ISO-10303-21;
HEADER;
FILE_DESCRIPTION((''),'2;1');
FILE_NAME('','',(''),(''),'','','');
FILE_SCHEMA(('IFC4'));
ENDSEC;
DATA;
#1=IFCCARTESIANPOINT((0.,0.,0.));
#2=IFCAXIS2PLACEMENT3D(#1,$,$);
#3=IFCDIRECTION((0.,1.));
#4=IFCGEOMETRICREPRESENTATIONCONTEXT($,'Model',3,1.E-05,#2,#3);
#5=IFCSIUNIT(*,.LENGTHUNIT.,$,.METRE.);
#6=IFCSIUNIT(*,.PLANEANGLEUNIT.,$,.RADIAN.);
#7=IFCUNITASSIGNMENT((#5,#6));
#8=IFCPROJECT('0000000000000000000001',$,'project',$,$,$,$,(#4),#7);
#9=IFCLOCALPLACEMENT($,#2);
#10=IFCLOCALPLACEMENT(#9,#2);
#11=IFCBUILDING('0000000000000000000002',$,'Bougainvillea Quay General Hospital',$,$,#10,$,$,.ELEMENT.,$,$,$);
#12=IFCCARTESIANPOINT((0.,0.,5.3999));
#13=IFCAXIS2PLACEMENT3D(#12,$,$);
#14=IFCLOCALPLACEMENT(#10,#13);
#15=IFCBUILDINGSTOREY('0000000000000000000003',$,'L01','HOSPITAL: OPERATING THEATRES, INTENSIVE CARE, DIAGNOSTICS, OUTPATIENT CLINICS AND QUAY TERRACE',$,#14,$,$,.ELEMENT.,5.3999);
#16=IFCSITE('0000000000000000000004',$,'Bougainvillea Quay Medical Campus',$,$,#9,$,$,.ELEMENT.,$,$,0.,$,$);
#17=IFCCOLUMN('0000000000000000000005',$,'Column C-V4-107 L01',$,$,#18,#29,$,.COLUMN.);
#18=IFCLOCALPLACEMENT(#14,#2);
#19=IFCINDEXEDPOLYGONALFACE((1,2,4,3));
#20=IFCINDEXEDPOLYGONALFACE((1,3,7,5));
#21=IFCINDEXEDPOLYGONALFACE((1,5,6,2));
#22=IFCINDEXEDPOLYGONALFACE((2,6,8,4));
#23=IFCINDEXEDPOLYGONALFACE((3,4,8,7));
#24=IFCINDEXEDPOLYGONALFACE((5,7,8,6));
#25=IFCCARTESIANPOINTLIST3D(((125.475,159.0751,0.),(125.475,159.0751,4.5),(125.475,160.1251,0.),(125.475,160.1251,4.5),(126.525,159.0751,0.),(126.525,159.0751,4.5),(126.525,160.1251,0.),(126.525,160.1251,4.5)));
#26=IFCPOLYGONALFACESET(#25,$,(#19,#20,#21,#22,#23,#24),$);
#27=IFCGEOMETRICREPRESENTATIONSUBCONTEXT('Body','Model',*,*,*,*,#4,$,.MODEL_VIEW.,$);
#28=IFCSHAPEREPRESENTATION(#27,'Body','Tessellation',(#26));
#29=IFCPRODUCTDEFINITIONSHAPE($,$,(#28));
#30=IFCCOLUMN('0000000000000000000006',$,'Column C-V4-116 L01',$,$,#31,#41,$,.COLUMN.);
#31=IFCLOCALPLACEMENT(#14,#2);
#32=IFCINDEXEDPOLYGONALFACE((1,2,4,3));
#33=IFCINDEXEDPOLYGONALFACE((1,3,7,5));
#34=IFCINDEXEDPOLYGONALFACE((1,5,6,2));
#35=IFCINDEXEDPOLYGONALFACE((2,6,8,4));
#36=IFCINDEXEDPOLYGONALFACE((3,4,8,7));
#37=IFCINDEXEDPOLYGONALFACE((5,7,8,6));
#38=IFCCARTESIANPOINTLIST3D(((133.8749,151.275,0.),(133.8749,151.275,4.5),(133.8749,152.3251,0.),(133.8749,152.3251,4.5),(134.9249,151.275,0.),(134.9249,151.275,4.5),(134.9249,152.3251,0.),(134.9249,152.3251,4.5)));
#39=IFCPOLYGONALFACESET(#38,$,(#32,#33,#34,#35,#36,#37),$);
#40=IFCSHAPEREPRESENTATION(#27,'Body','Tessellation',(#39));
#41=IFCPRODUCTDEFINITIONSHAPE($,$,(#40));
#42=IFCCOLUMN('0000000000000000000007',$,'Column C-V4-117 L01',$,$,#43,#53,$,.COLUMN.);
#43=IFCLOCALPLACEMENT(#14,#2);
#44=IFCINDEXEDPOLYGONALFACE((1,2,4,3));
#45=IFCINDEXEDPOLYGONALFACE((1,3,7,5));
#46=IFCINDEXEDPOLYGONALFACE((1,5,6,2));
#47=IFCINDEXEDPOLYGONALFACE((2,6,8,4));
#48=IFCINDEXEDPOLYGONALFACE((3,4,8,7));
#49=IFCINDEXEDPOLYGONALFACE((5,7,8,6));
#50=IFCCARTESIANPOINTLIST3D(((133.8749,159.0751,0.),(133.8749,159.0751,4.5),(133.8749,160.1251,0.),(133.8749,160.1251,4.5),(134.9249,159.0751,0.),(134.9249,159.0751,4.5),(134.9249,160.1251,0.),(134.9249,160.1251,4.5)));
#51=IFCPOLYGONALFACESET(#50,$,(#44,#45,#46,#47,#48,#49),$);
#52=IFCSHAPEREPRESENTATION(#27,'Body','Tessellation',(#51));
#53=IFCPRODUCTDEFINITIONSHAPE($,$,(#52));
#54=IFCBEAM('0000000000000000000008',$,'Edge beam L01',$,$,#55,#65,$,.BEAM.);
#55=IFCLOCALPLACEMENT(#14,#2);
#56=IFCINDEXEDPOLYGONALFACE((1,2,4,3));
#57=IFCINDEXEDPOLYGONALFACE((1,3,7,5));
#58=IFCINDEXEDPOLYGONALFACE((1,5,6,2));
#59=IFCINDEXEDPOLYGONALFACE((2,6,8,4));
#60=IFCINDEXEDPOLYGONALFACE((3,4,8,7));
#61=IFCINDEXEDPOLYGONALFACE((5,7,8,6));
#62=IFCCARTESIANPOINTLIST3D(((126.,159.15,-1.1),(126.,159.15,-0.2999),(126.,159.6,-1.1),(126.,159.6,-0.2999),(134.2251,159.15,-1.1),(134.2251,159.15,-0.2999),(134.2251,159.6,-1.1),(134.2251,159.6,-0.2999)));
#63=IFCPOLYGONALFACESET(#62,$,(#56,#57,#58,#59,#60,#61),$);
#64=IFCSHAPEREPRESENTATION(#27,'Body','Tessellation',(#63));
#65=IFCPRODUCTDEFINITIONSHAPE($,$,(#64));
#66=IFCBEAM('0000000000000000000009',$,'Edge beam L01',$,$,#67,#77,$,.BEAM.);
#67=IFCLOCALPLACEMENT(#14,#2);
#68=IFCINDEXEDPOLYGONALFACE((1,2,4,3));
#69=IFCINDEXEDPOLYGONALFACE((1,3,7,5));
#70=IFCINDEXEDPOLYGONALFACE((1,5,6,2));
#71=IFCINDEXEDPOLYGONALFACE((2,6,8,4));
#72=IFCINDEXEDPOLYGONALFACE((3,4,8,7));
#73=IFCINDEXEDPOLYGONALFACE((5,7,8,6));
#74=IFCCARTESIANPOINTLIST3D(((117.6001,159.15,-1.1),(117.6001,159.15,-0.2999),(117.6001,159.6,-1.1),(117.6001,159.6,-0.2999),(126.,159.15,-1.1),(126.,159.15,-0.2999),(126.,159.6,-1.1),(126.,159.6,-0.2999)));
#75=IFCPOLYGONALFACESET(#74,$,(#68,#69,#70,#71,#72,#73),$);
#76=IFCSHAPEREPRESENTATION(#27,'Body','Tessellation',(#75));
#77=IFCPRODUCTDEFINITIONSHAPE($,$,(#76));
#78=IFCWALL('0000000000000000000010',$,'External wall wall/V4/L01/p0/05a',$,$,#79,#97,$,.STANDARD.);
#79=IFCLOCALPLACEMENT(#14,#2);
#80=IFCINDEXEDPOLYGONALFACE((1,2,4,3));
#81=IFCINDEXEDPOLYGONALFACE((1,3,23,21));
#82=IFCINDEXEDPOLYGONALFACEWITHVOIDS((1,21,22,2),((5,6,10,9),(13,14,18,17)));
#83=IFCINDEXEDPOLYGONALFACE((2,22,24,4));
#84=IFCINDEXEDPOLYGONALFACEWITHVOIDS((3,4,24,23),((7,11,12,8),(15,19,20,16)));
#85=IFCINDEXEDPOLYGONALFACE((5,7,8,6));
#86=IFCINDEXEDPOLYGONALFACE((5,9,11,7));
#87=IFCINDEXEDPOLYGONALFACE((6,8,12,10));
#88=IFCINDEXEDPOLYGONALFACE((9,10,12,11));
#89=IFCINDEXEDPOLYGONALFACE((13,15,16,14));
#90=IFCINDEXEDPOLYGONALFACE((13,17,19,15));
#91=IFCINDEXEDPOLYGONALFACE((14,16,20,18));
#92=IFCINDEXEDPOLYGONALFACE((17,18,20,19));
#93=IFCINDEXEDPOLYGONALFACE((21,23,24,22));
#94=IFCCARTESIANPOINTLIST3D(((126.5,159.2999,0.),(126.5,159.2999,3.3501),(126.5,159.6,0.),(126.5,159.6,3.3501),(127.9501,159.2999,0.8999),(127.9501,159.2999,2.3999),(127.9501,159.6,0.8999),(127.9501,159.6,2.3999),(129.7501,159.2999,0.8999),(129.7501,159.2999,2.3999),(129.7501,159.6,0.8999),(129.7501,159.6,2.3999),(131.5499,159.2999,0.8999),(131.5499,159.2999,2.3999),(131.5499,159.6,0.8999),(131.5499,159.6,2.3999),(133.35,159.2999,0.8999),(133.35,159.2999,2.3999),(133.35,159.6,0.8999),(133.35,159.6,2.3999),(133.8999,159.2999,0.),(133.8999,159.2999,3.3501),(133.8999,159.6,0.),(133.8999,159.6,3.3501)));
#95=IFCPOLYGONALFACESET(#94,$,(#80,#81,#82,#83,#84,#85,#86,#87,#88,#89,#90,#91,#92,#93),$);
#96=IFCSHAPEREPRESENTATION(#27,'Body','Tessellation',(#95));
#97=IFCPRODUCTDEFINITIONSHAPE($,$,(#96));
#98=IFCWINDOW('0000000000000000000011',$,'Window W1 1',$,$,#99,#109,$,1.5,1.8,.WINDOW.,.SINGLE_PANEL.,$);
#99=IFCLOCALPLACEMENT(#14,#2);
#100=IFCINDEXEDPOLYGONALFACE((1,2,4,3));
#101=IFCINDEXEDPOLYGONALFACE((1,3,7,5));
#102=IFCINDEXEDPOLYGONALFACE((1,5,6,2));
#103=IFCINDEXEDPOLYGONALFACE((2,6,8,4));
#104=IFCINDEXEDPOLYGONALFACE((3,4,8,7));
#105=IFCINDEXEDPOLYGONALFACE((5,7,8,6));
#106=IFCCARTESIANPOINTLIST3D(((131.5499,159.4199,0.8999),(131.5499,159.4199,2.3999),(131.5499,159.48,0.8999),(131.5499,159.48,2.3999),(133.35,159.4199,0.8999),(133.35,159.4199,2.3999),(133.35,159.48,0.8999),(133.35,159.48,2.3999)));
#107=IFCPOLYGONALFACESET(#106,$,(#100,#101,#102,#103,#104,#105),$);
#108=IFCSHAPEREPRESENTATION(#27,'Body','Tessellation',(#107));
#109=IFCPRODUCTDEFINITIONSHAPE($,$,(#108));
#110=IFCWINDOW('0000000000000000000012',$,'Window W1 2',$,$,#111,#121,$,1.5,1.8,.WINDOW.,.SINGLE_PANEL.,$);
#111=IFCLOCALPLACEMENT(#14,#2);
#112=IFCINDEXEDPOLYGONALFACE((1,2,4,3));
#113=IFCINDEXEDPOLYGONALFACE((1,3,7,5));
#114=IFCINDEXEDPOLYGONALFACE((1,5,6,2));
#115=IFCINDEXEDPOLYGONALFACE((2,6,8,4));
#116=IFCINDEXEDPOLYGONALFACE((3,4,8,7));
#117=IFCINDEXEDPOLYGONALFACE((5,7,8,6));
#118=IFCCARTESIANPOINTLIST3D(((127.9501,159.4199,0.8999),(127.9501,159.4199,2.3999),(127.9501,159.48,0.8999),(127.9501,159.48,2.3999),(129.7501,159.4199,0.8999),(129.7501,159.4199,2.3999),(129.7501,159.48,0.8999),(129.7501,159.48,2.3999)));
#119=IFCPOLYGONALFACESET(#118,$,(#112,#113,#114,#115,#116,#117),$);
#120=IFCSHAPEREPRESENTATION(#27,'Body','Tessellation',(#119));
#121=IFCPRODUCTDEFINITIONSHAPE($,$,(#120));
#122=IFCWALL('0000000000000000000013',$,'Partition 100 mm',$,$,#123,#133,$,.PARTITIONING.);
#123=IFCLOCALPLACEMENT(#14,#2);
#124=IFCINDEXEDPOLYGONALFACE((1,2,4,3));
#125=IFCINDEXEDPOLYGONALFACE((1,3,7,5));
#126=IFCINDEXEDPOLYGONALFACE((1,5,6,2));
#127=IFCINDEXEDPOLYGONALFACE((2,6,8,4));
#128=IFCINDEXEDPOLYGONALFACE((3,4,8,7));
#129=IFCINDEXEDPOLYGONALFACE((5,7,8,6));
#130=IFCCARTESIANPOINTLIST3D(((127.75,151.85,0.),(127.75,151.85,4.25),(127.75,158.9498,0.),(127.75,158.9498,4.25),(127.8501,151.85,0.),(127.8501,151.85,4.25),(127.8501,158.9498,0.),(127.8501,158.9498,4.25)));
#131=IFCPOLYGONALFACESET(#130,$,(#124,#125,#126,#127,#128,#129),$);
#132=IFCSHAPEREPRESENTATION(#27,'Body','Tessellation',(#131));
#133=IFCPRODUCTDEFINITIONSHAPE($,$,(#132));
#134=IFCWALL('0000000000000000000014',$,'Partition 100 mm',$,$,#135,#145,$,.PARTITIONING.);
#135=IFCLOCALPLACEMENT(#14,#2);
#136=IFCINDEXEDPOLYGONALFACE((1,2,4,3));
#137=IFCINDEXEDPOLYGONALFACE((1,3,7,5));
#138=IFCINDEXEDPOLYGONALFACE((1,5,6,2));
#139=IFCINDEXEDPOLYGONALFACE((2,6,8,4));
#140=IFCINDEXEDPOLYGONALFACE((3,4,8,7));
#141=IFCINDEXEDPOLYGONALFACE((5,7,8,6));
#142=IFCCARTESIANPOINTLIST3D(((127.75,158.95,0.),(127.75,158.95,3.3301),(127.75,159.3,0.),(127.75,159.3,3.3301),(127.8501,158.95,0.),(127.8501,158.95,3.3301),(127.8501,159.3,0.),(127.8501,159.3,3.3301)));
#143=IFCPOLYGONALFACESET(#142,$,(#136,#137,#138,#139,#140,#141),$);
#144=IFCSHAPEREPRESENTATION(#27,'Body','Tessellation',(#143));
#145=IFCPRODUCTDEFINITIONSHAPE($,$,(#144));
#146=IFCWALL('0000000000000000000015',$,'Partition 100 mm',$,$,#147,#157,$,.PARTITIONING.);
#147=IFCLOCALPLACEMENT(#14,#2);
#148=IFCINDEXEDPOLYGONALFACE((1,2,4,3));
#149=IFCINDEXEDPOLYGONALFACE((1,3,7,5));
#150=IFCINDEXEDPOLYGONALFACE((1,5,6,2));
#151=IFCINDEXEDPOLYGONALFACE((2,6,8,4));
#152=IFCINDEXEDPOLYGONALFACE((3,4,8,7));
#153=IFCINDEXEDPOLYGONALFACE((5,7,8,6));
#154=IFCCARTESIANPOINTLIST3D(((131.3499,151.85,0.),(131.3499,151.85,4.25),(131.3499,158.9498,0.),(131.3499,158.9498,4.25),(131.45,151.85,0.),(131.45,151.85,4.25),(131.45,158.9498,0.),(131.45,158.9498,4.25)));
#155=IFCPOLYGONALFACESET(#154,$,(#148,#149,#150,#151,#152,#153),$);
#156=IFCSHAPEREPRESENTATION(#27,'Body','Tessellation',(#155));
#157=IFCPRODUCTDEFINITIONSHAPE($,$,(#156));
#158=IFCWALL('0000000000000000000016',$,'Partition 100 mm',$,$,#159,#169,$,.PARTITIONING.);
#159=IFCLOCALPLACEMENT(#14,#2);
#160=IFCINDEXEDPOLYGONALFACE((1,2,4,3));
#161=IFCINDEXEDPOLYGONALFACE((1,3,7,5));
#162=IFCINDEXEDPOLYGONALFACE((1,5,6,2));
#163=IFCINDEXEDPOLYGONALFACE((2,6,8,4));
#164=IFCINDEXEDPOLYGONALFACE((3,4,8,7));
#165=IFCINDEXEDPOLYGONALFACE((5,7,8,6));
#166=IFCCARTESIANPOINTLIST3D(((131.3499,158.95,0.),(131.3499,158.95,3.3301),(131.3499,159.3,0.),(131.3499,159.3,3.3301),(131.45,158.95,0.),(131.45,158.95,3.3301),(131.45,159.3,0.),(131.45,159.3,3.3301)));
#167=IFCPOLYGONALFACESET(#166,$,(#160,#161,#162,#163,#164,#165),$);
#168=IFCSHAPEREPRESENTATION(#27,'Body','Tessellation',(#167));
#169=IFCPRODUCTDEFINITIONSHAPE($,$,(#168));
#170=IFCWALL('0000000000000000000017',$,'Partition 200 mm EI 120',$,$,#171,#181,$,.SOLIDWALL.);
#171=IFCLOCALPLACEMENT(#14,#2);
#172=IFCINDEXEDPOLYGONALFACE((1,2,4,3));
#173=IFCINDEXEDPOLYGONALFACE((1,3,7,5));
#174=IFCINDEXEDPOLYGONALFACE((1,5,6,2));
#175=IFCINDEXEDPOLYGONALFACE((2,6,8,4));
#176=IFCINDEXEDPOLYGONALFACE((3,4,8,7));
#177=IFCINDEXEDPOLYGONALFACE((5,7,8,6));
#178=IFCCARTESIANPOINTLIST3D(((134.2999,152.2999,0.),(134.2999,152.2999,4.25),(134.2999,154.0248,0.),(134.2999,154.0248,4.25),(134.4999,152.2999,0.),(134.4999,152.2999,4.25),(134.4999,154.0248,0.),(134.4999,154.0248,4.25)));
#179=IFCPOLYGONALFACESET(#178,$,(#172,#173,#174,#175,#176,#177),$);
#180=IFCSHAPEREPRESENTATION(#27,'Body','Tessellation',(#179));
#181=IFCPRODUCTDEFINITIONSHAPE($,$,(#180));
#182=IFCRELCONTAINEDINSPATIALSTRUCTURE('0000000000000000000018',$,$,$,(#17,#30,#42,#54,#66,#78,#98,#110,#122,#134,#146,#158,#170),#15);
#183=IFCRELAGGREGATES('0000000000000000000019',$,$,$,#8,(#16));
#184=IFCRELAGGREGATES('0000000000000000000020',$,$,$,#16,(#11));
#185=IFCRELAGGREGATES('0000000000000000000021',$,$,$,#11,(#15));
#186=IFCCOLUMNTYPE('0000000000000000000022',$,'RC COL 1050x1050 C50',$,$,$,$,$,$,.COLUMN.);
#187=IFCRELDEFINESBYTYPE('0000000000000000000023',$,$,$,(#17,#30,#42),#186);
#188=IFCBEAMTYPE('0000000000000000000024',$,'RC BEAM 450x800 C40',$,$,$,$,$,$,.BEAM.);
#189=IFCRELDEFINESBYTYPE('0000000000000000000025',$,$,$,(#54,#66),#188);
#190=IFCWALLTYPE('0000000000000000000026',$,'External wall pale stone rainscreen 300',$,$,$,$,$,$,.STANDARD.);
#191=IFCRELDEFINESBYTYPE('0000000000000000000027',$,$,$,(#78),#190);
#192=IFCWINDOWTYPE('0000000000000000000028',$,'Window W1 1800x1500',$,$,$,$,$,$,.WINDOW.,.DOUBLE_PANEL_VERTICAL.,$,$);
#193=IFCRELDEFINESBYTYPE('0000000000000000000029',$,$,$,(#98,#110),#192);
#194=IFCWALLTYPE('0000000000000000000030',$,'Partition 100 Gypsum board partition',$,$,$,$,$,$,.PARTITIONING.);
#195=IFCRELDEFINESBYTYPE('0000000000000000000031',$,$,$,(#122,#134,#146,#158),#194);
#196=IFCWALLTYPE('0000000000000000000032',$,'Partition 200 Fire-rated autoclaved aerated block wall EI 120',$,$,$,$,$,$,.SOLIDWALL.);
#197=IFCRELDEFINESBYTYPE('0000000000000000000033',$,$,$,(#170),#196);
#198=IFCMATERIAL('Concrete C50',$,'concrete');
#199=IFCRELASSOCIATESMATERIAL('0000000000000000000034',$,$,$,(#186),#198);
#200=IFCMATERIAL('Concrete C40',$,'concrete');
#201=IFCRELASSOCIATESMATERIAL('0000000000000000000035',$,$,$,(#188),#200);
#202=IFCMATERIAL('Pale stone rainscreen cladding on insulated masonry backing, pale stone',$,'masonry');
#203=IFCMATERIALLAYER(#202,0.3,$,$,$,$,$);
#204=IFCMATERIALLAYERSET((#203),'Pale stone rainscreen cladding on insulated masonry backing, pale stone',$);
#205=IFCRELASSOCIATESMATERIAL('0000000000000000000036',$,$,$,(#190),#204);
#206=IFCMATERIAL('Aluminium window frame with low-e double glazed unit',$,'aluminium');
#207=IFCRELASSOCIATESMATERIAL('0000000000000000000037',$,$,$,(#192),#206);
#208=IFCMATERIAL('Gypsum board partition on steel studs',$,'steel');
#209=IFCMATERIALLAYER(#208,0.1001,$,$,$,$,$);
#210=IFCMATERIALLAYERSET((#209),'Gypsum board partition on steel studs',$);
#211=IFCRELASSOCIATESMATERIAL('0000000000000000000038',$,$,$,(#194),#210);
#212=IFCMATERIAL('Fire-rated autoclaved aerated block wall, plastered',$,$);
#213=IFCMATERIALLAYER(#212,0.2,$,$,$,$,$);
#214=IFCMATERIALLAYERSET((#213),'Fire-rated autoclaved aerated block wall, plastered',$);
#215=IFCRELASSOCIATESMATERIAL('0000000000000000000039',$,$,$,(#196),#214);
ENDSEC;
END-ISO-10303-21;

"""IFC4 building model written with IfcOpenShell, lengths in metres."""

from ifc_helpers import new_model, si_unit, direction, frame, frame_2d, origin, origin_2d, place, context, subcontext, project, spatial, rectangle, extrude, material, layer, layer_set, material_profile, profile_set, type_object, element, fill, save


model = new_model("IFC4")

# Units and contexts
model_context = context("Model", 3, precision=1e-05, world=origin(), true_north=direction((0.0, 1.0)))
body_context = subcontext(model_context, "Body", "Model", "MODEL_VIEW")
ifc_project = project(units=[si_unit("LENGTHUNIT", "METRE"), si_unit("PLANEANGLEUNIT", "RADIAN")], contexts=[model_context])

# Site, building, storey
site_placement = place(None, origin())
site = spatial("IfcSite", under=ifc_project, at=site_placement, Name="Bougainvillea Quay Medical Campus", CompositionType="ELEMENT", RefElevation=0.0)
building_placement = place(site_placement, origin())
building = spatial("IfcBuilding", under=site, at=building_placement, Name="Bougainvillea Quay General Hospital", CompositionType="ELEMENT")
storey_placement = place(building_placement, frame((0.0, 0.0, 5.3999)))
storey = spatial("IfcBuildingStorey", under=building, at=storey_placement, Name="L01", Description="HOSPITAL: OPERATING THEATRES, INTENSIVE CARE, DIAGNOSTICS, OUTPATIENT CLINICS AND QUAY TERRACE", CompositionType="ELEMENT", Elevation=5.3999)

# Columns
ifc_material_1 = material(Name="Concrete C50", Category="concrete")
ifc_material_profile_1 = material_profile(ifc_material_1, rectangle(XDim=1.05, YDim=1.05, at=origin_2d()))
ifc_profile_set_1 = profile_set([ifc_material_profile_1], Name="Concrete C50")
column_type = type_object("IfcColumnType", Name="RC COL 1050x1050 C50", PredefinedType="COLUMN", material=ifc_profile_set_1)
for number, where, z_axis, x_axis, name in (
    (1, (126.0, 159.6001, 0.0), (0.0, 0.0, 1.0), (1.0, 0.0, 0.0), "Column C-V4-107 L01"),
    (2, (134.3999, 151.8, 0.0), (0.0, 0.0, 1.0), (1.0, 0.0, 0.0), "Column C-V4-116 L01"),
    (3, (134.3999, 159.6001, 0.0), (0.0, 0.0, 1.0), (1.0, 0.0, 0.0), "Column C-V4-117 L01"),
):
    element("IfcColumn", number, at=place(storey_placement, frame(where, z_axis=z_axis, x_axis=x_axis)), inside=storey, type_object=column_type, Name=name, PredefinedType="COLUMN", context=body_context, shape_type="SweptSolid", body=[
        extrude(rectangle(XDim=1.05, YDim=1.05, at=origin_2d()), origin(), (0.0, 0.0, 1.0), 4.5),
    ])

# Beams
ifc_material_2 = material(Name="Concrete C40", Category="concrete")
ifc_material_profile_2 = material_profile(ifc_material_2, rectangle(XDim=0.45, YDim=0.8, at=origin_2d()))
ifc_profile_set_2 = profile_set([ifc_material_profile_2], Name="Concrete C40")
beam_type = type_object("IfcBeamType", Name="RC BEAM 450x800 C40", PredefinedType="BEAM", material=ifc_profile_set_2)
beam_1_placement = place(storey_placement, frame((134.2251, 159.375, -0.7), z_axis=(-1.0, 0.0, 0.0), x_axis=(0.0, -1.0, 0.0)))
element("IfcBeam", 4, at=beam_1_placement, inside=storey, type_object=beam_type, Name="Edge beam L01", PredefinedType="BEAM", context=body_context, shape_type="SweptSolid", body=[
    extrude(rectangle(XDim=0.45, YDim=0.8, at=origin_2d()), origin(), (0.0, 0.0, 1.0), 8.2251),
])
beam_2_placement = place(storey_placement, frame((126.0, 159.375, -0.7), z_axis=(-1.0, 0.0, 0.0), x_axis=(0.0, -1.0, 0.0)))
element("IfcBeam", 5, at=beam_2_placement, inside=storey, type_object=beam_type, Name="Edge beam L01", PredefinedType="BEAM", context=body_context, shape_type="SweptSolid", body=[
    extrude(rectangle(XDim=0.45, YDim=0.8, at=origin_2d()), origin(), (0.0, 0.0, 1.0), 8.3999),
])

# Wall, openings, windows
ifc_material_3 = material(Name="Pale stone rainscreen cladding on insulated masonry backing, pale stone", Category="masonry")
ifc_layer_1 = layer(ifc_material_3, 0.3)
ifc_layer_set_1 = layer_set([ifc_layer_1], Name="Pale stone rainscreen cladding on insulated masonry backing, pale stone")
wall_type_1 = type_object("IfcWallType", Name="External wall pale stone rainscreen 300", PredefinedType="STANDARD", material=ifc_layer_set_1)
wall_1_placement = place(storey_placement, frame((133.8999, 159.45, 0.0), z_axis=(0.0, 0.0, 1.0), x_axis=(-1.0, 0.0, 0.0)))
wall_1 = element("IfcWall", 6, at=wall_1_placement, inside=storey, type_object=wall_type_1, Name="External wall wall/V4/L01/p0/05a", PredefinedType="STANDARD", context=body_context, shape_type="SweptSolid", body=[
    extrude(rectangle(XDim=7.3999, YDim=0.3, at=frame_2d((3.7, 0.0))), origin(), (0.0, 0.0, 1.0), 3.3501),
])
opening_1_placement = place(wall_1_placement, frame((0.55, 0.0, 0.8999)))
opening_1 = element("IfcOpeningElement", 7, at=opening_1_placement, cuts=wall_1, PredefinedType="OPENING", context=body_context, shape_type="SweptSolid", body=[
    extrude(rectangle(XDim=1.8, YDim=1.5, at=frame_2d((0.8999, 0.75))), frame((0.0, 0.1599, 0.0), z_axis=(0.0, -1.0, 0.0), x_axis=(1.0, 0.0, 0.0)), (0.0, 0.0, 1.0), 0.3201),
])
opening_2_placement = place(wall_1_placement, frame((4.1499, 0.0, 0.8999)))
opening_2 = element("IfcOpeningElement", 8, at=opening_2_placement, cuts=wall_1, PredefinedType="OPENING", context=body_context, shape_type="SweptSolid", body=[
    extrude(rectangle(XDim=1.8, YDim=1.5, at=frame_2d((0.8999, 0.75))), frame((0.0, 0.1599, 0.0), z_axis=(0.0, -1.0, 0.0), x_axis=(1.0, 0.0, 0.0)), (0.0, 0.0, 1.0), 0.3201),
])
ifc_material_4 = material(Name="Aluminium window frame with low-e double glazed unit", Category="aluminium")
window_type = type_object("IfcWindowType", Name="Window W1 1800x1500", PartitioningType="DOUBLE_PANEL_VERTICAL", PredefinedType="WINDOW", material=ifc_material_4)
window_1_placement = place(opening_1_placement, origin())
window_1 = element("IfcWindow", 9, at=window_1_placement, inside=storey, type_object=window_type, Name="Window W1 1", OverallHeight=1.5, OverallWidth=1.8, PartitioningType="SINGLE_PANEL", PredefinedType="WINDOW", context=body_context, shape_type="SweptSolid", body=[
    extrude(rectangle(XDim=1.8, YDim=1.5, at=frame_2d((0.8999, 0.75))), frame((0.0, 0.03, 0.0), z_axis=(0.0, -1.0, 0.0), x_axis=(1.0, 0.0, 0.0)), (0.0, 0.0, 1.0), 0.0601),
])
fill(opening_1, window_1)
window_2_placement = place(opening_2_placement, origin())
window_2 = element("IfcWindow", 10, at=window_2_placement, inside=storey, type_object=window_type, Name="Window W1 2", OverallHeight=1.5, OverallWidth=1.8, PartitioningType="SINGLE_PANEL", PredefinedType="WINDOW", context=body_context, shape_type="SweptSolid", body=[
    extrude(rectangle(XDim=1.8, YDim=1.5, at=frame_2d((0.8999, 0.75))), frame((0.0, 0.03, 0.0), z_axis=(0.0, -1.0, 0.0), x_axis=(1.0, 0.0, 0.0)), (0.0, 0.0, 1.0), 0.0601),
])
fill(opening_2, window_2)

# Walls
ifc_material_5 = material(Name="Gypsum board partition on steel studs", Category="steel")
ifc_layer_2 = layer(ifc_material_5, 0.1001)
ifc_layer_set_2 = layer_set([ifc_layer_2], Name="Gypsum board partition on steel studs")
wall_type_2 = type_object("IfcWallType", Name="Partition 100 Gypsum board partition", PredefinedType="PARTITIONING", material=ifc_layer_set_2)
wall_2_placement = place(storey_placement, frame((127.8, 151.8501, 0.0), z_axis=(0.0, 0.0, 1.0), x_axis=(0.0, 1.0, 0.0)))
element("IfcWall", 11, at=wall_2_placement, inside=storey, type_object=wall_type_2, Name="Partition 100 mm", PredefinedType="PARTITIONING", context=body_context, shape_type="SweptSolid", body=[
    extrude(rectangle(XDim=7.0999, YDim=0.1001, at=frame_2d((3.5498, 0.0))), origin(), (0.0, 0.0, 1.0), 4.25),
])
wall_3_placement = place(storey_placement, frame((127.8, 158.95, 0.0), z_axis=(0.0, 0.0, 1.0), x_axis=(0.0, 1.0, 0.0)))
element("IfcWall", 12, at=wall_3_placement, inside=storey, type_object=wall_type_2, Name="Partition 100 mm", PredefinedType="PARTITIONING", context=body_context, shape_type="SweptSolid", body=[
    extrude(rectangle(XDim=0.3501, YDim=0.1001, at=frame_2d((0.175, 0.0))), origin(), (0.0, 0.0, 1.0), 3.3301),
])
wall_4_placement = place(storey_placement, frame((131.3999, 151.8501, 0.0), z_axis=(0.0, 0.0, 1.0), x_axis=(0.0, 1.0, 0.0)))
element("IfcWall", 13, at=wall_4_placement, inside=storey, type_object=wall_type_2, Name="Partition 100 mm", PredefinedType="PARTITIONING", context=body_context, shape_type="SweptSolid", body=[
    extrude(rectangle(XDim=7.0999, YDim=0.1001, at=frame_2d((3.5498, 0.0))), origin(), (0.0, 0.0, 1.0), 4.25),
])
wall_5_placement = place(storey_placement, frame((131.3999, 158.95, 0.0), z_axis=(0.0, 0.0, 1.0), x_axis=(0.0, 1.0, 0.0)))
element("IfcWall", 14, at=wall_5_placement, inside=storey, type_object=wall_type_2, Name="Partition 100 mm", PredefinedType="PARTITIONING", context=body_context, shape_type="SweptSolid", body=[
    extrude(rectangle(XDim=0.3501, YDim=0.1001, at=frame_2d((0.175, 0.0))), origin(), (0.0, 0.0, 1.0), 3.3301),
])
ifc_material_6 = material(Name="Fire-rated autoclaved aerated block wall, plastered")
ifc_layer_3 = layer(ifc_material_6, 0.2)
ifc_layer_set_3 = layer_set([ifc_layer_3], Name="Fire-rated autoclaved aerated block wall, plastered")
wall_type_3 = type_object("IfcWallType", Name="Partition 200 Fire-rated autoclaved aerated block wall EI 120", PredefinedType="SOLIDWALL", material=ifc_layer_set_3)
wall_6_placement = place(storey_placement, frame((134.3999, 152.3, 0.0), z_axis=(0.0, 0.0, 1.0), x_axis=(0.0, 1.0, 0.0)))
element("IfcWall", 15, at=wall_6_placement, inside=storey, type_object=wall_type_3, Name="Partition 200 mm EI 120", PredefinedType="SOLIDWALL", context=body_context, shape_type="SweptSolid", body=[
    extrude(rectangle(XDim=1.7249, YDim=0.2, at=frame_2d((0.8623, 0.0))), origin(), (0.0, 0.0, 1.0), 4.25),
])

save(model, "model.ifc")
